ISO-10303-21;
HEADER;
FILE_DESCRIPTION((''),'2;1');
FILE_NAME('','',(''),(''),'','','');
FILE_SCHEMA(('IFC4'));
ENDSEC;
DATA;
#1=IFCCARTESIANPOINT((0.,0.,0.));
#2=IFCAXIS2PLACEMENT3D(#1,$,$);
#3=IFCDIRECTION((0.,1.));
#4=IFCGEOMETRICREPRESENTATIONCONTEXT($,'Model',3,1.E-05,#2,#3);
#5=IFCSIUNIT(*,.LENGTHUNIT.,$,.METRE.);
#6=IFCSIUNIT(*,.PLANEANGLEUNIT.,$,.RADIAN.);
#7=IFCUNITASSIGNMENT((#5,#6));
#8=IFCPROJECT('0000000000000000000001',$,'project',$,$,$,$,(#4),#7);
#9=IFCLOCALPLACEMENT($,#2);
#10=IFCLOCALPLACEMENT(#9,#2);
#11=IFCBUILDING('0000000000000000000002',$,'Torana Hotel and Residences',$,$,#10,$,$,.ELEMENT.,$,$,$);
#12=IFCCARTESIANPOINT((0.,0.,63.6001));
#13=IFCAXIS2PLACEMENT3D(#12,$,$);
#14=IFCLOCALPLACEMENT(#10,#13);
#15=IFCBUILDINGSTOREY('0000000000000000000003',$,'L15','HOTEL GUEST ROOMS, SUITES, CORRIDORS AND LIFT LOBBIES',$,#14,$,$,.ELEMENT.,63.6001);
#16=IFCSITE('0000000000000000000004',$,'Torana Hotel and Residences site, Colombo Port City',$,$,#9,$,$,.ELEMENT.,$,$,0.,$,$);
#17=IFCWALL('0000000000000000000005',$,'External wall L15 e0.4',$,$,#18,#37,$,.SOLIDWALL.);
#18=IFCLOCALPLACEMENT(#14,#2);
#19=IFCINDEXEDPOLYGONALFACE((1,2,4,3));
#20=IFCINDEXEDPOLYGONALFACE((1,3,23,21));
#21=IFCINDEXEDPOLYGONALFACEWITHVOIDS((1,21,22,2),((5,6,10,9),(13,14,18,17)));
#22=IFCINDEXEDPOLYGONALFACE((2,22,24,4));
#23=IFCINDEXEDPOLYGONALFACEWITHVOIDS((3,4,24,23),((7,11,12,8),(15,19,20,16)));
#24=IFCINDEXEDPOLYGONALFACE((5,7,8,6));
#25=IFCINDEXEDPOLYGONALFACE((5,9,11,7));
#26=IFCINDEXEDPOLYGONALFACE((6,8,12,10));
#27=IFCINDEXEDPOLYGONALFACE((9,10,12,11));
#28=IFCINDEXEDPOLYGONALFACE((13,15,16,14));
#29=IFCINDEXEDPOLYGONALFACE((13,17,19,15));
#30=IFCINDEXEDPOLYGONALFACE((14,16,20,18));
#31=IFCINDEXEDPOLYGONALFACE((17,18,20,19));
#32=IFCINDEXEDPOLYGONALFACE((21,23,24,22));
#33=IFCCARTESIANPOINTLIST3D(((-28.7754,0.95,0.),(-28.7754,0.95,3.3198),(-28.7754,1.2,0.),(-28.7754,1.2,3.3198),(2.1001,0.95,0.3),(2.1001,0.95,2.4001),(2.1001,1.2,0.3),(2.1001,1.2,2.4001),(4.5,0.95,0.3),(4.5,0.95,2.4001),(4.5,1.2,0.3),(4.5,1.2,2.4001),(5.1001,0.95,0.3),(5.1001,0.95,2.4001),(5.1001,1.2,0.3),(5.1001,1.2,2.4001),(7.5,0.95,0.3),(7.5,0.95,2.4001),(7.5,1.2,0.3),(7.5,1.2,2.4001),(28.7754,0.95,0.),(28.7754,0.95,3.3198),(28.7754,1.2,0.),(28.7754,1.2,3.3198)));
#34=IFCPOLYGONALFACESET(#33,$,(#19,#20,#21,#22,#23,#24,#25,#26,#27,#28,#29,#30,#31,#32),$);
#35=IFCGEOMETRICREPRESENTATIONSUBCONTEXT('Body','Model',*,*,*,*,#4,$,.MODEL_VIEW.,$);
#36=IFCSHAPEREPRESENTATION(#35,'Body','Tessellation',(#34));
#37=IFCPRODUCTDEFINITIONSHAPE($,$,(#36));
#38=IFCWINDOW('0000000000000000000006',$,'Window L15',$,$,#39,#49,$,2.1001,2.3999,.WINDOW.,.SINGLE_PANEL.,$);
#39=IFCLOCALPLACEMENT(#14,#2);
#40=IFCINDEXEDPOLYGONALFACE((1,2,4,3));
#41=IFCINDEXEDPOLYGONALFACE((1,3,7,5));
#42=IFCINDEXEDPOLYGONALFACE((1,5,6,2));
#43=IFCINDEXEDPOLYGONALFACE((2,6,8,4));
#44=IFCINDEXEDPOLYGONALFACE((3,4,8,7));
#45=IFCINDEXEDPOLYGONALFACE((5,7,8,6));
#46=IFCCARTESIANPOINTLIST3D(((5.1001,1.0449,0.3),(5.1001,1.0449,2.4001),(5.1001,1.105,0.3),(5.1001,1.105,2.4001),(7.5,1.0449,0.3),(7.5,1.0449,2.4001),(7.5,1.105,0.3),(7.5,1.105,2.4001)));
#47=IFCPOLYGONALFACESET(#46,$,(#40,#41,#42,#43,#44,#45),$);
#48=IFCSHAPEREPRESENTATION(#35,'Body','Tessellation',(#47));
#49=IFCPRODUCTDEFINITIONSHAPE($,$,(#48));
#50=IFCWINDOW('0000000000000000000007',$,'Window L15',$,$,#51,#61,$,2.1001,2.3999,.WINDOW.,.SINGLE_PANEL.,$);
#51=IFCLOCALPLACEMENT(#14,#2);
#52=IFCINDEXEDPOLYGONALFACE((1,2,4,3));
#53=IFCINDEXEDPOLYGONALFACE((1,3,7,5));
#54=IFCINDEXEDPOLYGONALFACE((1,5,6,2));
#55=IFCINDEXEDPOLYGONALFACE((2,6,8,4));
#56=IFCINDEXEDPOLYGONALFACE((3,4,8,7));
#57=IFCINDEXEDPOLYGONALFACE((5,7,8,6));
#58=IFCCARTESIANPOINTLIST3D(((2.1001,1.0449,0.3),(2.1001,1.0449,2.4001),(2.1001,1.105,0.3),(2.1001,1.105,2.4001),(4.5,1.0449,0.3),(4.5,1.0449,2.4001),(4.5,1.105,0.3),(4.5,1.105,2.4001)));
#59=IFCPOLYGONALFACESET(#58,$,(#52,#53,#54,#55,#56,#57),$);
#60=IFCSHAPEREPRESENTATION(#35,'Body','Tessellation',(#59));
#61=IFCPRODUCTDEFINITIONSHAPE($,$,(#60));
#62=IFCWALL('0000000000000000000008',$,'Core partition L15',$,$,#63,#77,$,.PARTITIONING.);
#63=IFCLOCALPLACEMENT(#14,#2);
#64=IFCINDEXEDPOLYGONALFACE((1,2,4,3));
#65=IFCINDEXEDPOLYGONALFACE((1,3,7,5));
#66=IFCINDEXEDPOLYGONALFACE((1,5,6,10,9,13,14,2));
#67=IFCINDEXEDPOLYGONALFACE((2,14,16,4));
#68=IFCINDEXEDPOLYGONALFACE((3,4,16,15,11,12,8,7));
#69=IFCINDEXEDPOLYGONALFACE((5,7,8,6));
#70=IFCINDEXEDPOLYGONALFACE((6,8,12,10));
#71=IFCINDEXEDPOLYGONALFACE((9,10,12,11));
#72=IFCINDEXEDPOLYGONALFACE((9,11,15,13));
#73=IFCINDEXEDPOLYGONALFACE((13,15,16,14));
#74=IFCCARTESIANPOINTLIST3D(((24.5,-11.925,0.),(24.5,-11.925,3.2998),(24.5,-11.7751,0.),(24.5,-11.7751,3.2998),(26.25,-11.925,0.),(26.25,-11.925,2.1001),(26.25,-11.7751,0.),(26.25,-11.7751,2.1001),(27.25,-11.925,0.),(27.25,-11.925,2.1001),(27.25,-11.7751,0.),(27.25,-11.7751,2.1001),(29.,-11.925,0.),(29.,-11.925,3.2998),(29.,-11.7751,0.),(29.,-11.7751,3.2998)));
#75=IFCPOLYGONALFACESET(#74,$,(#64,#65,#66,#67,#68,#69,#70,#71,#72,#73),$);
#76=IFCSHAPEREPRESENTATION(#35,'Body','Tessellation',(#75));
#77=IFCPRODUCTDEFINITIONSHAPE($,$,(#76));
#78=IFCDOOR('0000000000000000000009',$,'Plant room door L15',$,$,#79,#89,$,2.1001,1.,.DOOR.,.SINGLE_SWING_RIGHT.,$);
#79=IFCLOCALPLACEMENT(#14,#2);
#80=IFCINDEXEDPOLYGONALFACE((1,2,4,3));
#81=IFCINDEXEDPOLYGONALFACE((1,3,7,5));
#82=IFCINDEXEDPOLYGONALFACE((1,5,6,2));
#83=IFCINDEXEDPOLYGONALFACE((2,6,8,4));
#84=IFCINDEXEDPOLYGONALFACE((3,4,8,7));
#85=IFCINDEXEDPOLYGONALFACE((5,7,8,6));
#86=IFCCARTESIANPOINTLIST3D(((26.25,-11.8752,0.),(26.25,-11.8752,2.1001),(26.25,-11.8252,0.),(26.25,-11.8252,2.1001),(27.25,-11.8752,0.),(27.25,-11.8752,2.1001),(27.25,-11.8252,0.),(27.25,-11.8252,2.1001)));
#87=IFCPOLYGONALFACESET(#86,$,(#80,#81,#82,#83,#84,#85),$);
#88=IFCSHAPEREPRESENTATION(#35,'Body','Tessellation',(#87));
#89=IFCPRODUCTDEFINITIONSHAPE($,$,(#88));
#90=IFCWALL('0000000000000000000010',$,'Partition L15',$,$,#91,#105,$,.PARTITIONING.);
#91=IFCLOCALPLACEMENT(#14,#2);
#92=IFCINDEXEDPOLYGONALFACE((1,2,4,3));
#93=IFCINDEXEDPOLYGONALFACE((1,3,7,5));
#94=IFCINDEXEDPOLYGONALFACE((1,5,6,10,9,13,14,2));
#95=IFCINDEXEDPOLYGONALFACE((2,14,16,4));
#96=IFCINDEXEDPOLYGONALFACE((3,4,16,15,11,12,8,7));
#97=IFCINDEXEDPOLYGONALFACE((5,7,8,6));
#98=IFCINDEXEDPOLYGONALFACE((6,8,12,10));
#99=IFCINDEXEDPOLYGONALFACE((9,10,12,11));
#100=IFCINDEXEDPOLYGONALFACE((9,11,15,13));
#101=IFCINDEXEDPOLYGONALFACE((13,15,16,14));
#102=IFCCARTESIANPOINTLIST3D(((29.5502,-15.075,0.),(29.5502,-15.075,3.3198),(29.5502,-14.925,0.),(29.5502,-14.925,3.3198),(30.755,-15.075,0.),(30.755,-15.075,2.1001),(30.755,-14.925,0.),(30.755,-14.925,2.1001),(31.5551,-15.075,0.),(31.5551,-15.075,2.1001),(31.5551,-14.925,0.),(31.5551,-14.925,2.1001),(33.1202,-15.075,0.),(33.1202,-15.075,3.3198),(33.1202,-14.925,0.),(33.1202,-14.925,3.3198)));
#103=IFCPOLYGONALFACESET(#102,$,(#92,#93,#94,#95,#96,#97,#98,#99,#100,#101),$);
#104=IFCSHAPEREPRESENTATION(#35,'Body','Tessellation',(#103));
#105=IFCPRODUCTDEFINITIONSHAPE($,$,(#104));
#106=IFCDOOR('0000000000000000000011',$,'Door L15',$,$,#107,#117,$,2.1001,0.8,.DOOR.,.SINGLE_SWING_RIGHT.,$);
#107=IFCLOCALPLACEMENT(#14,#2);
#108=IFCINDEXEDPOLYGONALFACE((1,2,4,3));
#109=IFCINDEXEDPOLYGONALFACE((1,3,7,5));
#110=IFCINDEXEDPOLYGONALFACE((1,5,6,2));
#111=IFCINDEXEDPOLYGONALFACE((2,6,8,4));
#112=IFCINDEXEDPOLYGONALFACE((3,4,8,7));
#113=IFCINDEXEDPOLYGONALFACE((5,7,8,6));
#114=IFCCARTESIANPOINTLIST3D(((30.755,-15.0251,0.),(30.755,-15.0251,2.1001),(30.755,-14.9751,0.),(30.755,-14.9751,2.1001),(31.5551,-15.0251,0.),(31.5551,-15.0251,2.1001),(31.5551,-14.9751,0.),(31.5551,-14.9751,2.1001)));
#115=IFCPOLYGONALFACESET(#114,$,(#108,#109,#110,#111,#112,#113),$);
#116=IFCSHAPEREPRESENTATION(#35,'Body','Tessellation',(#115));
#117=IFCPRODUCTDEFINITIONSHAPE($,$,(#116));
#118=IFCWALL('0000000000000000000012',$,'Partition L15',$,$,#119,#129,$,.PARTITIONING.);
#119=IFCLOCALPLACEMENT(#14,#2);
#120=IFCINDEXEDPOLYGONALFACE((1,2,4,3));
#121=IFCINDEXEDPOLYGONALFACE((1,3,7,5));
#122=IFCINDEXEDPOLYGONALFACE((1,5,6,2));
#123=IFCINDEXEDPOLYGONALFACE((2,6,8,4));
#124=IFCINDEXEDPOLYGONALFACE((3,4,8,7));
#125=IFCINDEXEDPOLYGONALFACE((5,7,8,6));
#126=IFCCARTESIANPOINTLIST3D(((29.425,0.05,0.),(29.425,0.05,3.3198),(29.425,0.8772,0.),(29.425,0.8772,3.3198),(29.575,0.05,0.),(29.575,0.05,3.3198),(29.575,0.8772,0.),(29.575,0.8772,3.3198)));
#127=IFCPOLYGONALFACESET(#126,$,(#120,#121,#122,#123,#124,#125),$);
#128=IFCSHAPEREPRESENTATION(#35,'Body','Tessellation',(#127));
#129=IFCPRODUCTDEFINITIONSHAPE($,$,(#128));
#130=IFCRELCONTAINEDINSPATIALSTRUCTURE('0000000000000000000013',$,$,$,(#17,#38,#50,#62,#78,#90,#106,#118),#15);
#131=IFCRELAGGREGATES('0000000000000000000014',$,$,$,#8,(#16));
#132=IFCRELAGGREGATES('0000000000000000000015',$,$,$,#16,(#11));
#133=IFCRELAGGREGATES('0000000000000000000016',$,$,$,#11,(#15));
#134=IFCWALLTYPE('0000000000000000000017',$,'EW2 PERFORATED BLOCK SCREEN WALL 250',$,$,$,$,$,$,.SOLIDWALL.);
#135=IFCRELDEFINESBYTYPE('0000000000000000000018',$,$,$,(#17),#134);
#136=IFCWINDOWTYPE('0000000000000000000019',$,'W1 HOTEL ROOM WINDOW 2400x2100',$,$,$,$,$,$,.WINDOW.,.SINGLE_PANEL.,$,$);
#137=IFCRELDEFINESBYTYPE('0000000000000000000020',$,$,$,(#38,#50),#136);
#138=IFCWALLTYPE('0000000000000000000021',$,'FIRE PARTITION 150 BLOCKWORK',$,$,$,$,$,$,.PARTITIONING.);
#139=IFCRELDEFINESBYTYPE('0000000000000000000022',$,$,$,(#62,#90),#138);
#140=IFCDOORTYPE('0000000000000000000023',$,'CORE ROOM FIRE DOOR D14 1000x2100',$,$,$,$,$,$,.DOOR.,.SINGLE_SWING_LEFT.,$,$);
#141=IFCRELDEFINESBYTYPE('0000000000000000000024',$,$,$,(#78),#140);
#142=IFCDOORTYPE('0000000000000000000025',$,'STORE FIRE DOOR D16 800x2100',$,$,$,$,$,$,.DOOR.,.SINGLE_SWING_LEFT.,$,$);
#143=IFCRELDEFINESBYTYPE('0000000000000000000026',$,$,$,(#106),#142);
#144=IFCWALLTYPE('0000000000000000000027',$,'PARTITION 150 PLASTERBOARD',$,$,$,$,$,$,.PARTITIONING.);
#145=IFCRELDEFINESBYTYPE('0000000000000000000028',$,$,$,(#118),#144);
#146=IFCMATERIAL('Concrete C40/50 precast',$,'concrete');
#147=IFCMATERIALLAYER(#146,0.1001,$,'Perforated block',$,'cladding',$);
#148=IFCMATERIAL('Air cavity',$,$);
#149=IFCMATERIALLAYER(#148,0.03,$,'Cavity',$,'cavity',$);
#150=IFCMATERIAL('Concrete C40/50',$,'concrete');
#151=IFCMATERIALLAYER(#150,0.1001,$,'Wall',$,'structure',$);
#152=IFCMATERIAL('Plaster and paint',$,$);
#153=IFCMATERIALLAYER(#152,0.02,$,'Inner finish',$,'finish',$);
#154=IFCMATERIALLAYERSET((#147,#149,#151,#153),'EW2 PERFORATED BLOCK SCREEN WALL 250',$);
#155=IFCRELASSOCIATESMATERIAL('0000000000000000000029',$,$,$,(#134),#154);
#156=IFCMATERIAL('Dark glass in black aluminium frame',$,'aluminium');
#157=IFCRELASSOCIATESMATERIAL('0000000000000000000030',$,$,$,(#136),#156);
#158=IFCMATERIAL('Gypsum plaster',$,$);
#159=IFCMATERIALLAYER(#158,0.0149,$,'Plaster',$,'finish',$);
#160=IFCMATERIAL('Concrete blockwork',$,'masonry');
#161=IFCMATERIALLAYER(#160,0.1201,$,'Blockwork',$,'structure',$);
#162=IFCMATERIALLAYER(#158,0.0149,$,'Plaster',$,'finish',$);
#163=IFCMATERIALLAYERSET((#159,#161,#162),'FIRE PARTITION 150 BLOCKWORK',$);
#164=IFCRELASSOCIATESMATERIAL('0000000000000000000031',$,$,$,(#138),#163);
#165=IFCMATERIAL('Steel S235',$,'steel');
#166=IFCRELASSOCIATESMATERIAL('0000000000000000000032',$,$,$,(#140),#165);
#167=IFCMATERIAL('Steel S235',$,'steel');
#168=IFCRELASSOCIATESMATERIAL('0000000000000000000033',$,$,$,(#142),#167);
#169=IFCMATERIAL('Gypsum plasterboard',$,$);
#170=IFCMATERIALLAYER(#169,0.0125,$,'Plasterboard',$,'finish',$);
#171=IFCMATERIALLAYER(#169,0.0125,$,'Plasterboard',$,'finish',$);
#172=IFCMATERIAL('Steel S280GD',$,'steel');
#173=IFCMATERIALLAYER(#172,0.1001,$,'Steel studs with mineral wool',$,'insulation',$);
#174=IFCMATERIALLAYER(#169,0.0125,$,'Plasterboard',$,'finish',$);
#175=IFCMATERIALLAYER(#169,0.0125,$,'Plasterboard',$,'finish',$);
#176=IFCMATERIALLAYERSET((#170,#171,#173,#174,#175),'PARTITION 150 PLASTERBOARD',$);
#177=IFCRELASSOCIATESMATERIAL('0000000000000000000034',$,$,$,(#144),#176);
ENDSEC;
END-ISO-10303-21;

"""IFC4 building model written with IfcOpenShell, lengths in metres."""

from ifc_helpers import new_model, si_unit, direction, frame, frame_2d, origin, place, context, subcontext, project, spatial, rectangle, extrude, material, layer, layer_set, type_object, element, fill, save


model = new_model("IFC4")

# Units and contexts
model_context = context("Model", 3, precision=1e-05, world=origin(), true_north=direction((0.0, 1.0)))
body_context = subcontext(model_context, "Body", "Model", "MODEL_VIEW")
ifc_project = project(units=[si_unit("LENGTHUNIT", "METRE"), si_unit("PLANEANGLEUNIT", "RADIAN")], contexts=[model_context])

# Site, building, storey
site_placement = place(None, origin())
site = spatial("IfcSite", under=ifc_project, at=site_placement, Name="Torana Hotel and Residences site, Colombo Port City", CompositionType="ELEMENT", RefElevation=0.0)
building_placement = place(site_placement, origin())
building = spatial("IfcBuilding", under=site, at=building_placement, Name="Torana Hotel and Residences", CompositionType="ELEMENT")
storey_placement = place(building_placement, frame((0.0, 0.0, 63.6001)))
storey = spatial("IfcBuildingStorey", under=building, at=storey_placement, Name="L15", Description="HOTEL GUEST ROOMS, SUITES, CORRIDORS AND LIFT LOBBIES", CompositionType="ELEMENT", Elevation=63.6001)

# Shared definitions
ifc_material_1 = material(Name="Steel S280GD", Category="steel")

# Wall, openings, windows
ifc_material_2 = material(Name="Concrete C40/50 precast", Category="concrete")
ifc_layer_1 = layer(ifc_material_2, 0.1001, Name="Perforated block", Category="cladding")
ifc_material_3 = material(Name="Air cavity")
ifc_layer_2 = layer(ifc_material_3, 0.03, Name="Cavity", Category="cavity")
ifc_material_4 = material(Name="Concrete C40/50", Category="concrete")
ifc_layer_3 = layer(ifc_material_4, 0.1001, Name="Wall", Category="structure")
ifc_material_5 = material(Name="Plaster and paint")
ifc_layer_4 = layer(ifc_material_5, 0.02, Name="Inner finish", Category="finish")
ifc_layer_set_1 = layer_set([ifc_layer_1, ifc_layer_2, ifc_layer_3, ifc_layer_4], Name="EW2 PERFORATED BLOCK SCREEN WALL 250")
wall_type_1 = type_object("IfcWallType", Name="EW2 PERFORATED BLOCK SCREEN WALL 250", PredefinedType="SOLIDWALL", material=ifc_layer_set_1)
wall_1_placement = place(storey_placement, frame((28.7754, 1.075, 0.0), z_axis=(0.0, 0.0, 1.0), x_axis=(-1.0, 0.0, 0.0)))
wall_1 = element("IfcWall", 1, at=wall_1_placement, inside=storey, type_object=wall_type_1, Name="External wall L15 e0.4", PredefinedType="SOLIDWALL", context=body_context, shape_type="SweptSolid", body=[
    extrude(rectangle(XDim=57.5508, YDim=0.25, at=frame_2d((28.7754, 0.0))), origin(), (0.0, 0.0, 1.0), 3.3198),
])
opening_1_placement = place(wall_1_placement, frame((21.2754, 0.0, 0.3)))
opening_1 = element("IfcOpeningElement", 2, at=opening_1_placement, cuts=wall_1, PredefinedType="OPENING", context=body_context, shape_type="SweptSolid", body=[
    extrude(rectangle(XDim=2.3999, YDim=2.1001, at=frame_2d((1.2, 1.05))), frame((0.0, 0.135, 0.0), z_axis=(0.0, -1.0, 0.0), x_axis=(1.0, 0.0, 0.0)), (0.0, 0.0, 1.0), 0.27),
])
opening_2_placement = place(wall_1_placement, frame((24.2754, 0.0, 0.3)))
opening_2 = element("IfcOpeningElement", 3, at=opening_2_placement, cuts=wall_1, PredefinedType="OPENING", context=body_context, shape_type="SweptSolid", body=[
    extrude(rectangle(XDim=2.3999, YDim=2.1001, at=frame_2d((1.2, 1.05))), frame((0.0, 0.135, 0.0), z_axis=(0.0, -1.0, 0.0), x_axis=(1.0, 0.0, 0.0)), (0.0, 0.0, 1.0), 0.27),
])
ifc_material_6 = material(Name="Dark glass in black aluminium frame", Category="aluminium")
window_type = type_object("IfcWindowType", Name="W1 HOTEL ROOM WINDOW 2400x2100", PartitioningType="SINGLE_PANEL", PredefinedType="WINDOW", material=ifc_material_6)
window_1_placement = place(opening_1_placement, origin())
window_1 = element("IfcWindow", 4, at=window_1_placement, inside=storey, type_object=window_type, Name="Window L15", OverallHeight=2.1001, OverallWidth=2.3999, PartitioningType="SINGLE_PANEL", PredefinedType="WINDOW", context=body_context, shape_type="SweptSolid", body=[
    extrude(rectangle(XDim=2.3999, YDim=2.1001, at=frame_2d((1.2, 1.05))), frame((0.0, 0.03, 0.0), z_axis=(0.0, -1.0, 0.0), x_axis=(1.0, 0.0, 0.0)), (0.0, 0.0, 1.0), 0.0601),
])
fill(opening_1, window_1)
window_2_placement = place(opening_2_placement, origin())
window_2 = element("IfcWindow", 5, at=window_2_placement, inside=storey, type_object=window_type, Name="Window L15", OverallHeight=2.1001, OverallWidth=2.3999, PartitioningType="SINGLE_PANEL", PredefinedType="WINDOW", context=body_context, shape_type="SweptSolid", body=[
    extrude(rectangle(XDim=2.3999, YDim=2.1001, at=frame_2d((1.2, 1.05))), frame((0.0, 0.03, 0.0), z_axis=(0.0, -1.0, 0.0), x_axis=(1.0, 0.0, 0.0)), (0.0, 0.0, 1.0), 0.0601),
])
fill(opening_2, window_2)

# Walls, openings, doors
ifc_material_7 = material(Name="Gypsum plaster")
ifc_layer_5 = layer(ifc_material_7, 0.0149, Name="Plaster", Category="finish")
ifc_material_8 = material(Name="Concrete blockwork", Category="masonry")
ifc_layer_6 = layer(ifc_material_8, 0.1201, Name="Blockwork", Category="structure")
ifc_layer_7 = layer(ifc_material_7, 0.0149, Name="Plaster", Category="finish")
ifc_layer_set_2 = layer_set([ifc_layer_5, ifc_layer_6, ifc_layer_7], Name="FIRE PARTITION 150 BLOCKWORK")
wall_type_2 = type_object("IfcWallType", Name="FIRE PARTITION 150 BLOCKWORK", PredefinedType="PARTITIONING", material=ifc_layer_set_2)
wall_2_placement = place(storey_placement, frame((24.5, -11.8501, 0.0), z_axis=(0.0, 0.0, 1.0), x_axis=(1.0, 0.0, 0.0)))
wall_2 = element("IfcWall", 6, at=wall_2_placement, inside=storey, type_object=wall_type_2, Name="Core partition L15", PredefinedType="PARTITIONING", context=body_context, shape_type="SweptSolid", body=[
    extrude(rectangle(XDim=4.5, YDim=0.1499, at=frame_2d((2.25, 0.0))), origin(), (0.0, 0.0, 1.0), 3.2998),
])
opening_3_placement = place(wall_2_placement, frame((1.75, 0.0, 0.0)))
opening_3 = element("IfcOpeningElement", 7, at=opening_3_placement, cuts=wall_2, PredefinedType="OPENING", context=body_context, shape_type="SweptSolid", body=[
    extrude(rectangle(XDim=1.0, YDim=2.1001, at=frame_2d((0.5, 1.05))), frame((0.0, 0.085, 0.0), z_axis=(0.0, -1.0, 0.0), x_axis=(1.0, 0.0, 0.0)), (0.0, 0.0, 1.0), 0.1699),
])
ifc_material_9 = material(Name="Steel S235", Category="steel")
door_type_1 = type_object("IfcDoorType", Name="CORE ROOM FIRE DOOR D14 1000x2100", OperationType="SINGLE_SWING_LEFT", PredefinedType="DOOR", material=ifc_material_9)
door_1_placement = place(opening_3_placement, origin())
door_1 = element("IfcDoor", 8, at=door_1_placement, inside=storey, type_object=door_type_1, Name="Plant room door L15", OperationType="SINGLE_SWING_RIGHT", OverallHeight=2.1001, OverallWidth=1.0, PredefinedType="DOOR", context=body_context, shape_type="SweptSolid", body=[
    extrude(rectangle(XDim=1.0, YDim=2.1001, at=frame_2d((0.5, 1.05))), frame((0.0, 0.0249, 0.0), z_axis=(0.0, -1.0, 0.0), x_axis=(1.0, 0.0, 0.0)), (0.0, 0.0, 1.0), 0.05),
])
fill(opening_3, door_1)
wall_3_placement = place(storey_placement, frame((29.55, -15.0, 0.0), z_axis=(0.0, 0.0, 1.0), x_axis=(1.0, 0.0, 0.0)))
wall_3 = element("IfcWall", 9, at=wall_3_placement, inside=storey, type_object=wall_type_2, Name="Partition L15", PredefinedType="PARTITIONING", context=body_context, shape_type="SweptSolid", body=[
    extrude(rectangle(XDim=3.5701, YDim=0.1499, at=frame_2d((1.7852, 0.0))), origin(), (0.0, 0.0, 1.0), 3.3198),
])
opening_4_placement = place(wall_3_placement, frame((1.2051, 0.0, 0.0)))
opening_4 = element("IfcOpeningElement", 10, at=opening_4_placement, cuts=wall_3, PredefinedType="OPENING", context=body_context, shape_type="SweptSolid", body=[
    extrude(rectangle(XDim=0.8, YDim=2.1001, at=frame_2d((0.3999, 1.05))), frame((0.0, 0.085, 0.0), z_axis=(0.0, -1.0, 0.0), x_axis=(1.0, 0.0, 0.0)), (0.0, 0.0, 1.0), 0.1699),
])
ifc_material_10 = material(Name="Steel S235", Category="steel")
door_type_2 = type_object("IfcDoorType", Name="STORE FIRE DOOR D16 800x2100", OperationType="SINGLE_SWING_LEFT", PredefinedType="DOOR", material=ifc_material_10)
door_2_placement = place(opening_4_placement, origin())
door_2 = element("IfcDoor", 11, at=door_2_placement, inside=storey, type_object=door_type_2, Name="Door L15", OperationType="SINGLE_SWING_RIGHT", OverallHeight=2.1001, OverallWidth=0.8, PredefinedType="DOOR", context=body_context, shape_type="SweptSolid", body=[
    extrude(rectangle(XDim=0.8, YDim=2.1001, at=frame_2d((0.3999, 1.05))), frame((0.0, 0.0249, 0.0), z_axis=(0.0, -1.0, 0.0), x_axis=(1.0, 0.0, 0.0)), (0.0, 0.0, 1.0), 0.05),
])
fill(opening_4, door_2)

# Wall
ifc_material_11 = material(Name="Gypsum plasterboard")
ifc_layer_8 = layer(ifc_material_11, 0.0125, Name="Plasterboard", Category="finish")
ifc_layer_9 = layer(ifc_material_11, 0.0125, Name="Plasterboard", Category="finish")
ifc_layer_10 = layer(ifc_material_1, 0.1001, Name="Steel studs with mineral wool", Category="insulation")
ifc_layer_11 = layer(ifc_material_11, 0.0125, Name="Plasterboard", Category="finish")
ifc_layer_12 = layer(ifc_material_11, 0.0125, Name="Plasterboard", Category="finish")
ifc_layer_set_3 = layer_set([ifc_layer_8, ifc_layer_9, ifc_layer_10, ifc_layer_11, ifc_layer_12], Name="PARTITION 150 PLASTERBOARD")
wall_type_3 = type_object("IfcWallType", Name="PARTITION 150 PLASTERBOARD", PredefinedType="PARTITIONING", material=ifc_layer_set_3)
wall_4_placement = place(storey_placement, frame((29.5, 0.05, 0.0), z_axis=(0.0, 0.0, 1.0), x_axis=(0.0, 1.0, 0.0)))
element("IfcWall", 12, at=wall_4_placement, inside=storey, type_object=wall_type_3, Name="Partition L15", PredefinedType="PARTITIONING", context=body_context, shape_type="SweptSolid", body=[
    extrude(rectangle(XDim=0.8271, YDim=0.1499, at=frame_2d((0.4136, 0.0))), origin(), (0.0, 0.0, 1.0), 3.3198),
])

save(model, "model.ifc")
